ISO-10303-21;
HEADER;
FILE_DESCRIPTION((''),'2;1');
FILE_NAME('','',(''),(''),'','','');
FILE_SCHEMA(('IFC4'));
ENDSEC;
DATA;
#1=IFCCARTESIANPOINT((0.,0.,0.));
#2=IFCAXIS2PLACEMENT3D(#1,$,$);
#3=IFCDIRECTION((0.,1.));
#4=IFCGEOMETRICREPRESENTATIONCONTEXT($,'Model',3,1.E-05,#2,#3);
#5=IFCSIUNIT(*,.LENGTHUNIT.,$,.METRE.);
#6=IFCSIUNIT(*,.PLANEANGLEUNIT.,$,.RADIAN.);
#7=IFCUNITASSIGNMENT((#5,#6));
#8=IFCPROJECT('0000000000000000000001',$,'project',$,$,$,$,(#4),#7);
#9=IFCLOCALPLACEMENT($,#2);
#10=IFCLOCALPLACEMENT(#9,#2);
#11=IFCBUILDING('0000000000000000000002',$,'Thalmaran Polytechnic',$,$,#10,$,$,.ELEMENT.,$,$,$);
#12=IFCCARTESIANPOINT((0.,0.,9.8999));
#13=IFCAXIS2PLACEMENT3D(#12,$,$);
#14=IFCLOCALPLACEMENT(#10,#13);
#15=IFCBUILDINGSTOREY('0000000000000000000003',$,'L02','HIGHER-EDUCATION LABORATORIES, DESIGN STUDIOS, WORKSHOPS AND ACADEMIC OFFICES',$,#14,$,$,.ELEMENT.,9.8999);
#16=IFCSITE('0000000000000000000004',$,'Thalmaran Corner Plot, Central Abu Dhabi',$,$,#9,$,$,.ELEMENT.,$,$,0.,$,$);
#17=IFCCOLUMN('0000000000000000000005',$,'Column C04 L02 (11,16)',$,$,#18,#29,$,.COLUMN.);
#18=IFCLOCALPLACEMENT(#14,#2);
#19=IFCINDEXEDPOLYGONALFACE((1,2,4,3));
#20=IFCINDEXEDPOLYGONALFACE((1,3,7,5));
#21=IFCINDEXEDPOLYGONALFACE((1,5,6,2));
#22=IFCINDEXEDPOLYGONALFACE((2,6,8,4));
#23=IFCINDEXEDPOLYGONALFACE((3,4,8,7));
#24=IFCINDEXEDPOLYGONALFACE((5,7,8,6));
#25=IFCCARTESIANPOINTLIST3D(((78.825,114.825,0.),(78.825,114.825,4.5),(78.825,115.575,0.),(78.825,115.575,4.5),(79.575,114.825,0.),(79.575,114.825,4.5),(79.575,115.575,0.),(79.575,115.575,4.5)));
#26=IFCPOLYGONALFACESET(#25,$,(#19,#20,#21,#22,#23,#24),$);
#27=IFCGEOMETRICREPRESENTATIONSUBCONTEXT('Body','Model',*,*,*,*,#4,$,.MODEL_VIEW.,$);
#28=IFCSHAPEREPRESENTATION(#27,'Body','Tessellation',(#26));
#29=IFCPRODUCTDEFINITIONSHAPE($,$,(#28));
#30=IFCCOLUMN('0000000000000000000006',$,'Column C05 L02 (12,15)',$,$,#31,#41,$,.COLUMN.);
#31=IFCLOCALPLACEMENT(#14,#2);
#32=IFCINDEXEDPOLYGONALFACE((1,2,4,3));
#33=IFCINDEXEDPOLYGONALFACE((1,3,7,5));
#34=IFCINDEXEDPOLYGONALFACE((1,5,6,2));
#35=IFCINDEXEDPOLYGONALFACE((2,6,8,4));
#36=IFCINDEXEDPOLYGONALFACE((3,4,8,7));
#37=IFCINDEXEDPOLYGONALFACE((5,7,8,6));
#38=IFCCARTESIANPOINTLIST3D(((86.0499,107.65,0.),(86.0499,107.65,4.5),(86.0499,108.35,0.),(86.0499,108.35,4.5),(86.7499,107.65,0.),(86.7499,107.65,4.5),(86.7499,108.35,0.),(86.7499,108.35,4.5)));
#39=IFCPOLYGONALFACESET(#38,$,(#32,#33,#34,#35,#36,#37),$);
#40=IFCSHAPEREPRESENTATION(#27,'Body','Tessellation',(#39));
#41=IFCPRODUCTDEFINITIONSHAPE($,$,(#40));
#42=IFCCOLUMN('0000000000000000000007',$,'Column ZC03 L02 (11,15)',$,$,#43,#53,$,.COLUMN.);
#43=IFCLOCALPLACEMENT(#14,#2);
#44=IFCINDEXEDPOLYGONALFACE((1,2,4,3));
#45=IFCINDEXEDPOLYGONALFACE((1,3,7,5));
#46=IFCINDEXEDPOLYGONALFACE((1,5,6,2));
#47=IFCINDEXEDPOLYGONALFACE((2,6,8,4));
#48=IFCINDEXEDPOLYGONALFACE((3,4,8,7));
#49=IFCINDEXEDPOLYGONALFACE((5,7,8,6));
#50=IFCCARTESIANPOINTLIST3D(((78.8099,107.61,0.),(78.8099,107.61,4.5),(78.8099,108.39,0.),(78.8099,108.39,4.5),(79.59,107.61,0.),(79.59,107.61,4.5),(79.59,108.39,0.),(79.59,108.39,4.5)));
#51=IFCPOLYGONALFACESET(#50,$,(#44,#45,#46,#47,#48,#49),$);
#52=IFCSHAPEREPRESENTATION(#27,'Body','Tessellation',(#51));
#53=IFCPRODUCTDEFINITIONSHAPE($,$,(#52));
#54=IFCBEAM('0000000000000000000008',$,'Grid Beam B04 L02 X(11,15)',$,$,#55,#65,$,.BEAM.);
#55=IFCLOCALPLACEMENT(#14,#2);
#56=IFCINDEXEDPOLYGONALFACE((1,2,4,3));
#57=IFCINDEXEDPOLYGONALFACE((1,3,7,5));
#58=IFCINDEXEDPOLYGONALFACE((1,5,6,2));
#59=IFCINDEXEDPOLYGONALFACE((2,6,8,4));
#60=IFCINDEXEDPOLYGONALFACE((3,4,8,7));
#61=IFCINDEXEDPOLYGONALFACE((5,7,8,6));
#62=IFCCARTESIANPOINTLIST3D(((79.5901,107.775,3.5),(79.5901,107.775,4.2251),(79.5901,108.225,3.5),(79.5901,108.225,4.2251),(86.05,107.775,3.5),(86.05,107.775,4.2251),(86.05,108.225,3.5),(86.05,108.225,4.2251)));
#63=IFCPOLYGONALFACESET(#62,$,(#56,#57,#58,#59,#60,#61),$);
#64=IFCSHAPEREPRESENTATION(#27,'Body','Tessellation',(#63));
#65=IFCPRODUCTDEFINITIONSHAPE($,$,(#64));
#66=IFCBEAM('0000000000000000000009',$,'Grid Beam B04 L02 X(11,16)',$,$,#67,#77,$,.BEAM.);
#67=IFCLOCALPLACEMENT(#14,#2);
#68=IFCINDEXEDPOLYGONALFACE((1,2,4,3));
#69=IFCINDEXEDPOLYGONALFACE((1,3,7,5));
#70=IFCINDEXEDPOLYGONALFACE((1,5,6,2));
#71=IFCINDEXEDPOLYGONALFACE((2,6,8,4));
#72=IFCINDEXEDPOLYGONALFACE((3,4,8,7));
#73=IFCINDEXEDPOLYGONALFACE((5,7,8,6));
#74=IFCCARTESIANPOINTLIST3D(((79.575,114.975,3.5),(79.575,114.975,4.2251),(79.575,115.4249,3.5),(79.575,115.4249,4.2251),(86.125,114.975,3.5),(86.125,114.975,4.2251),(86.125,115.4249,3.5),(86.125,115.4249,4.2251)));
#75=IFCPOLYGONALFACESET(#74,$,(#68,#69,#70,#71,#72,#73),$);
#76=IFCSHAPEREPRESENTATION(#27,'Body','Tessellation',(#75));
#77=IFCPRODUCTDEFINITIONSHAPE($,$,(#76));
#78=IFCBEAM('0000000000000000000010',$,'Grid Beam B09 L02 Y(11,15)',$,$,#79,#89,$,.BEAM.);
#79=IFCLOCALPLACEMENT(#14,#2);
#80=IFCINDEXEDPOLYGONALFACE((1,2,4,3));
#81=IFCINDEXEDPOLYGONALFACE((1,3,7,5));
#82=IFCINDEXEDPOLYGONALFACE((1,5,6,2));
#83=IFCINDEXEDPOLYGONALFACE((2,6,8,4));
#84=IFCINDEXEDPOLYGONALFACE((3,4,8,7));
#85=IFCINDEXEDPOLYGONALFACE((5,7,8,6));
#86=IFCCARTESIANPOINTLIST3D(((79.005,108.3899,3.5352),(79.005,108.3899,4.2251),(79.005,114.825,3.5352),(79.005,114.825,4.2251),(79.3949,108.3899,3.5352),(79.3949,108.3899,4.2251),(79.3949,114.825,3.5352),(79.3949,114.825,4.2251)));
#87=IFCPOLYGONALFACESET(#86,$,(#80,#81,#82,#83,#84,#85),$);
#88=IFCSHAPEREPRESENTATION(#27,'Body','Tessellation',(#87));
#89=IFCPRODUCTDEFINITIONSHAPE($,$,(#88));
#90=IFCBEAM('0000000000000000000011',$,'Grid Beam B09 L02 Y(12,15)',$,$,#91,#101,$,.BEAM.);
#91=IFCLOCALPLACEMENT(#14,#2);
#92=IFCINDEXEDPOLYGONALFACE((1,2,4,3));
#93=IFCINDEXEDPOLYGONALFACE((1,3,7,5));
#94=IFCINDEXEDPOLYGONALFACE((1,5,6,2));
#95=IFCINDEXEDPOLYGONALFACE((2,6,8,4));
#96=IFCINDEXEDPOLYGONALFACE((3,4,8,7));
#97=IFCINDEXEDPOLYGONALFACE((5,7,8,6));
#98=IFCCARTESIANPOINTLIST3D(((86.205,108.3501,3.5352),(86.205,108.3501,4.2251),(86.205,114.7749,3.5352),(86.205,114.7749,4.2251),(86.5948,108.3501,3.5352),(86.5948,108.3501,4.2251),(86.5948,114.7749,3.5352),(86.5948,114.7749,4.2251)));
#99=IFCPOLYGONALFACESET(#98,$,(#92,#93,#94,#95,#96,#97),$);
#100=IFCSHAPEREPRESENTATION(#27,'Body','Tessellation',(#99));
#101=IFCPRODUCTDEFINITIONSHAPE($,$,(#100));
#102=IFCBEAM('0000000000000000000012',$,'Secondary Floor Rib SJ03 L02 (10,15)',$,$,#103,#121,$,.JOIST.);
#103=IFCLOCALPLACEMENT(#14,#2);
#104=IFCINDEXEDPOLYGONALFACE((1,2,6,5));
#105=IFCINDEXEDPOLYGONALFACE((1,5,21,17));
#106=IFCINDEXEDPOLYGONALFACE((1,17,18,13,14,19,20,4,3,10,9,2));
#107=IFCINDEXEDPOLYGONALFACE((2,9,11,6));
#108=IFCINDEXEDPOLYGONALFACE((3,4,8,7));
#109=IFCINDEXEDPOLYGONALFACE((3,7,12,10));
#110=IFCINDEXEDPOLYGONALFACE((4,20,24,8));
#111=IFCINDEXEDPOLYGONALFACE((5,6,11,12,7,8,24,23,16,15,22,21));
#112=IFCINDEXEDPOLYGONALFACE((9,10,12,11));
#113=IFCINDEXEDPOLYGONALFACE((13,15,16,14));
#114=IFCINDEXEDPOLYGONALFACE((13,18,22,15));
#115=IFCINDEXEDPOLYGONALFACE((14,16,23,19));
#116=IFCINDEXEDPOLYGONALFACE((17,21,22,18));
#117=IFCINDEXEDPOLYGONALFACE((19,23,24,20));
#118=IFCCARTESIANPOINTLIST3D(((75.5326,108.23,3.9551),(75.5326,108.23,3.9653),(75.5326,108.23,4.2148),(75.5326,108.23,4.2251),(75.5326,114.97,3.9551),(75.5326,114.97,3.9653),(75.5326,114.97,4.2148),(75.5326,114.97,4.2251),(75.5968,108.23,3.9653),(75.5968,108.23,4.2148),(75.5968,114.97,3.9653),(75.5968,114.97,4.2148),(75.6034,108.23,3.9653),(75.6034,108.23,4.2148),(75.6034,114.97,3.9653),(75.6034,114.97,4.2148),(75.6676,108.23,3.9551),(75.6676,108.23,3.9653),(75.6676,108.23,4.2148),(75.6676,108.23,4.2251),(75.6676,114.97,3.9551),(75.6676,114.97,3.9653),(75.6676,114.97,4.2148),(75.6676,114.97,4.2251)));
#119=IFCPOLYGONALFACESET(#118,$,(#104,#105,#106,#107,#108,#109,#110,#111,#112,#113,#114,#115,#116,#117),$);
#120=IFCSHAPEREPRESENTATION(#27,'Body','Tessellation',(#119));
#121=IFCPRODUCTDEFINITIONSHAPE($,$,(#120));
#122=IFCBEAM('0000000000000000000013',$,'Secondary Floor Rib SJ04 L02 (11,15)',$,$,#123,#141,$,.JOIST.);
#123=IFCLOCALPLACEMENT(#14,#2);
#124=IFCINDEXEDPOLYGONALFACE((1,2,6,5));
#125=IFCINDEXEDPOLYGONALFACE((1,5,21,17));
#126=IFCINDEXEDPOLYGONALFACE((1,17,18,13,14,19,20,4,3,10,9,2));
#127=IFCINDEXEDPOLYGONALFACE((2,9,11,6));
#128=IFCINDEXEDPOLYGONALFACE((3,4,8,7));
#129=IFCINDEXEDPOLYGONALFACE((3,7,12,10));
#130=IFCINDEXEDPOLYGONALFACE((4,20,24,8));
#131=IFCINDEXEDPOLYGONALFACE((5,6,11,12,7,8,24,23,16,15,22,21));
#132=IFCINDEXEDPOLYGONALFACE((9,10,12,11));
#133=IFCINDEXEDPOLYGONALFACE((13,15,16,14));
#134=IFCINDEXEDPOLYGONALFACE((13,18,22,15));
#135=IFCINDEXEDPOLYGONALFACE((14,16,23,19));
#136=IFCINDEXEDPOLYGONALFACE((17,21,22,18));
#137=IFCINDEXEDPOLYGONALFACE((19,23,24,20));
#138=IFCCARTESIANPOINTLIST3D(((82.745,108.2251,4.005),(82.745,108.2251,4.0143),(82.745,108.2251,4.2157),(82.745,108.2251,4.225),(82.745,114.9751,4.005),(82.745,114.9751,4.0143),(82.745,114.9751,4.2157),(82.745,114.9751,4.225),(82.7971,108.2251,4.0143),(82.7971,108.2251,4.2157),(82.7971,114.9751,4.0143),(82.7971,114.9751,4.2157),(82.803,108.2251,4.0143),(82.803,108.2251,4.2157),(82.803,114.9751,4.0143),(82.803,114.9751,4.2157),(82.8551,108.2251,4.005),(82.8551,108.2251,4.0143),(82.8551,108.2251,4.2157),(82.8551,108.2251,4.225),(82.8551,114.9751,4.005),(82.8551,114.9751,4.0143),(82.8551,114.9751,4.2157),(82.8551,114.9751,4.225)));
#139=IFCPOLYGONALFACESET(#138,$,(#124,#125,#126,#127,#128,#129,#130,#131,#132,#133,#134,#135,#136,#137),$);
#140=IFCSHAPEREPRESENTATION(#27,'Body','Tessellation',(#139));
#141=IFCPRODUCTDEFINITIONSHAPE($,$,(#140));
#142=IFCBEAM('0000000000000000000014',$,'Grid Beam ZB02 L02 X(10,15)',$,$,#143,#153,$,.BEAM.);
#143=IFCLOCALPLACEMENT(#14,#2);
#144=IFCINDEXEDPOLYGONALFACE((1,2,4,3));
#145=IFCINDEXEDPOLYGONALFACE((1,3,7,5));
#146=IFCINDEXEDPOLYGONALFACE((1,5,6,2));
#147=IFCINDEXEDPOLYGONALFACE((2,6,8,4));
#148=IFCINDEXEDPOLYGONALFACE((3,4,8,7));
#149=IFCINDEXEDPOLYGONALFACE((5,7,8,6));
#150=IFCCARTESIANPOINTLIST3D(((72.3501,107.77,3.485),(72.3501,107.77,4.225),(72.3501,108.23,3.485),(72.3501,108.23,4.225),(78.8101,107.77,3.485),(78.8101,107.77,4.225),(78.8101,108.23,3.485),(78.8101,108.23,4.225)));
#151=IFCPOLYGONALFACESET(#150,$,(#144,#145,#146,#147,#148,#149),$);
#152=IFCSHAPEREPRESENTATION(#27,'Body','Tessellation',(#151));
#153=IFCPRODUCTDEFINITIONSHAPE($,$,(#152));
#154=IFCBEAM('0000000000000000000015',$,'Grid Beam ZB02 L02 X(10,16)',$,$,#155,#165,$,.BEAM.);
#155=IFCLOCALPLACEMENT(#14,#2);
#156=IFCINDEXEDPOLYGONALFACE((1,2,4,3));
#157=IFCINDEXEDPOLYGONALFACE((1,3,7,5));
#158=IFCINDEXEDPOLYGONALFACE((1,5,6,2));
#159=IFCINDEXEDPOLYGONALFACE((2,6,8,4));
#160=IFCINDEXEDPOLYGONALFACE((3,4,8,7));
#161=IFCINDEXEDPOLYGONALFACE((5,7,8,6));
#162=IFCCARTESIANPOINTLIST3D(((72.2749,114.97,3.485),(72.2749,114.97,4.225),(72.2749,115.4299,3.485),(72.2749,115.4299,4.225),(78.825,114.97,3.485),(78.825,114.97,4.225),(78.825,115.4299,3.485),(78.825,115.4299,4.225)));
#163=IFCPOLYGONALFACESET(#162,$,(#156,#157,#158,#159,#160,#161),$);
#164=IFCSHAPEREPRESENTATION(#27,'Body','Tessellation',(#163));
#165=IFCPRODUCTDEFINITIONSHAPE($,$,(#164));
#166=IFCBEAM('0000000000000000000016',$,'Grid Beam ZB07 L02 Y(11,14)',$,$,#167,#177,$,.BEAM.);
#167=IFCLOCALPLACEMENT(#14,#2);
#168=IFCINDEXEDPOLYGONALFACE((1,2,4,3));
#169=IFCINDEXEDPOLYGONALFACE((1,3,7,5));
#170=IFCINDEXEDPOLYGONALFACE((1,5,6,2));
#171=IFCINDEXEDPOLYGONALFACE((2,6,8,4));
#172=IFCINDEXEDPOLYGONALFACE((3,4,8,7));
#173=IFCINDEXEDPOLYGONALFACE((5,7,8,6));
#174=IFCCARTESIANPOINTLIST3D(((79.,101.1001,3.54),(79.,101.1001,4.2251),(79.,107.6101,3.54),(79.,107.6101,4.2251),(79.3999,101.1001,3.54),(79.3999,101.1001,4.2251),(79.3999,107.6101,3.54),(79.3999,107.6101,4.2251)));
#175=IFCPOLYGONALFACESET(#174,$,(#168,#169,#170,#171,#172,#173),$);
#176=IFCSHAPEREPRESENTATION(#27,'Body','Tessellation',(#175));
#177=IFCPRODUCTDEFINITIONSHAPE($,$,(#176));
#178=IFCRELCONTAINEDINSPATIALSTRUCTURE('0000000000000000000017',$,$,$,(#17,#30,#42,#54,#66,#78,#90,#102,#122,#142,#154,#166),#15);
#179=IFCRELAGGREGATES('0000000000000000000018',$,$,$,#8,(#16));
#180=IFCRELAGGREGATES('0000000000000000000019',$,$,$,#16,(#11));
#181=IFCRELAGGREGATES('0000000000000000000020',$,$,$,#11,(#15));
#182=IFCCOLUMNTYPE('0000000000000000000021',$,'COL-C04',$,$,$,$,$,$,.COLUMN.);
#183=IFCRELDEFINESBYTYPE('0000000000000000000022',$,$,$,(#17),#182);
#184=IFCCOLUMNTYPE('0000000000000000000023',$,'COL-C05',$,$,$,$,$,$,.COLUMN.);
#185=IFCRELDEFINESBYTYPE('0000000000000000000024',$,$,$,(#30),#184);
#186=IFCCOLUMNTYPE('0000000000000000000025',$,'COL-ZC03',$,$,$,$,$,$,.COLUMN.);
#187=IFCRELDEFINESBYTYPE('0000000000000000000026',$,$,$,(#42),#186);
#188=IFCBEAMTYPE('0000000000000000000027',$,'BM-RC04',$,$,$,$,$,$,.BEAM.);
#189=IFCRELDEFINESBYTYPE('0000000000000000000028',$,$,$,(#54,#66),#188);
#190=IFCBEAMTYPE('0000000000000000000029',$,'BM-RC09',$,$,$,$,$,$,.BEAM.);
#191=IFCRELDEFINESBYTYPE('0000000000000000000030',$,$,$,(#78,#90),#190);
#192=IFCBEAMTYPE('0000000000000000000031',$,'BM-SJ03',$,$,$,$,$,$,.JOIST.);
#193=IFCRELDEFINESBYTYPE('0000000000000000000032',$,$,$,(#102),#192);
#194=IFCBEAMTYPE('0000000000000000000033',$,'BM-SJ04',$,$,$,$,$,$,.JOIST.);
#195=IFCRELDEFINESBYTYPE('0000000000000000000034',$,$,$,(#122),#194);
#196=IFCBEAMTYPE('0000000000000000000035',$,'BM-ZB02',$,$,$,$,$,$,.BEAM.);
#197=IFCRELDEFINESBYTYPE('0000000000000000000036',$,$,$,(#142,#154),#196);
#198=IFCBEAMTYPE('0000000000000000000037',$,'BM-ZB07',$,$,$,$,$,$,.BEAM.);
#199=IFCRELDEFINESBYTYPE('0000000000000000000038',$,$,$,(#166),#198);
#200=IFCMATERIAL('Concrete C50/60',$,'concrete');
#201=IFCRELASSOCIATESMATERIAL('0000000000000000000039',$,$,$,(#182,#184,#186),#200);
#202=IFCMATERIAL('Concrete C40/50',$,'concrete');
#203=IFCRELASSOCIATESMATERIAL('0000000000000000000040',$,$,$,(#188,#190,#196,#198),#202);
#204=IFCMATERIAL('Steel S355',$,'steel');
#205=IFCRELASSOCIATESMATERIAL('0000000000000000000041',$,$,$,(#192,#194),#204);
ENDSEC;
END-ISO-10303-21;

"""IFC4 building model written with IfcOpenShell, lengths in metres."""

from ifc_helpers import new_model, si_unit, direction, frame, origin, origin_2d, place, context, subcontext, project, spatial, rectangle, i_section, extrude, material, material_profile, profile_set, type_object, element, save


model = new_model("IFC4")

# Units and contexts
model_context = context("Model", 3, precision=1e-05, world=origin(), true_north=direction((0.0, 1.0)))
body_context = subcontext(model_context, "Body", "Model", "MODEL_VIEW")
ifc_project = project(units=[si_unit("LENGTHUNIT", "METRE"), si_unit("PLANEANGLEUNIT", "RADIAN")], contexts=[model_context])

# Site, building, storey
site_placement = place(None, origin())
site = spatial("IfcSite", under=ifc_project, at=site_placement, Name="Thalmaran Corner Plot, Central Abu Dhabi", CompositionType="ELEMENT", RefElevation=0.0)
building_placement = place(site_placement, origin())
building = spatial("IfcBuilding", under=site, at=building_placement, Name="Thalmaran Polytechnic", CompositionType="ELEMENT")
storey_placement = place(building_placement, frame((0.0, 0.0, 9.8999)))
storey = spatial("IfcBuildingStorey", under=building, at=storey_placement, Name="L02", Description="HIGHER-EDUCATION LABORATORIES, DESIGN STUDIOS, WORKSHOPS AND ACADEMIC OFFICES", CompositionType="ELEMENT", Elevation=9.8999)

# Columns
ifc_material_1 = material(Name="Concrete C50/60", Category="concrete")
ifc_material_profile_1 = material_profile(ifc_material_1, rectangle(XDim=0.75, YDim=0.75, at=origin_2d()), Name="RC 750x750")
ifc_profile_set_1 = profile_set([ifc_material_profile_1], Name="Concrete C50/60")
column_type_1 = type_object("IfcColumnType", Name="COL-C04", PredefinedType="COLUMN", material=ifc_profile_set_1)
column_1_placement = place(storey_placement, frame((79.2, 115.2, 0.0), z_axis=(0.0, 0.0, 1.0), x_axis=(1.0, 0.0, 0.0)))
element("IfcColumn", 1, at=column_1_placement, inside=storey, type_object=column_type_1, Name="Column C04 L02 (11,16)", PredefinedType="COLUMN", context=body_context, shape_type="SweptSolid", body=[
    extrude(rectangle(XDim=0.75, YDim=0.75, at=origin_2d()), origin(), (0.0, 0.0, 1.0), 4.5),
])
ifc_material_profile_2 = material_profile(ifc_material_1, rectangle(XDim=0.7, YDim=0.7, at=origin_2d()), Name="RC 700x700")
ifc_profile_set_2 = profile_set([ifc_material_profile_2], Name="Concrete C50/60")
column_type_2 = type_object("IfcColumnType", Name="COL-C05", PredefinedType="COLUMN", material=ifc_profile_set_2)
column_2_placement = place(storey_placement, frame((86.3999, 108.0, 0.0), z_axis=(0.0, 0.0, 1.0), x_axis=(1.0, 0.0, 0.0)))
element("IfcColumn", 2, at=column_2_placement, inside=storey, type_object=column_type_2, Name="Column C05 L02 (12,15)", PredefinedType="COLUMN", context=body_context, shape_type="SweptSolid", body=[
    extrude(rectangle(XDim=0.7, YDim=0.7, at=origin_2d()), origin(), (0.0, 0.0, 1.0), 4.5),
])
ifc_material_profile_3 = material_profile(ifc_material_1, rectangle(XDim=0.78, YDim=0.78, at=origin_2d()), Name="RC 780x780")
ifc_profile_set_3 = profile_set([ifc_material_profile_3], Name="Concrete C50/60")
column_type_3 = type_object("IfcColumnType", Name="COL-ZC03", PredefinedType="COLUMN", material=ifc_profile_set_3)
column_3_placement = place(storey_placement, frame((79.2, 108.0, 0.0), z_axis=(0.0, 0.0, 1.0), x_axis=(1.0, 0.0, 0.0)))
element("IfcColumn", 3, at=column_3_placement, inside=storey, type_object=column_type_3, Name="Column ZC03 L02 (11,15)", PredefinedType="COLUMN", context=body_context, shape_type="SweptSolid", body=[
    extrude(rectangle(XDim=0.78, YDim=0.78, at=origin_2d()), origin(), (0.0, 0.0, 1.0), 4.5),
])

# Beams
ifc_material_2 = material(Name="Concrete C40/50", Category="concrete")
ifc_material_profile_4 = material_profile(ifc_material_2, rectangle(XDim=0.45, YDim=0.7251, at=origin_2d()), Name="RC 450x725")
ifc_profile_set_4 = profile_set([ifc_material_profile_4], Name="Concrete C40/50")
beam_type_1 = type_object("IfcBeamType", Name="BM-RC04", PredefinedType="BEAM", material=ifc_profile_set_4)
beam_1_placement = place(storey_placement, frame((79.5901, 108.0, 3.8625), z_axis=(1.0, 0.0, 0.0), x_axis=(0.0, 1.0, 0.0)))
element("IfcBeam", 4, at=beam_1_placement, inside=storey, type_object=beam_type_1, Name="Grid Beam B04 L02 X(11,15)", PredefinedType="BEAM", context=body_context, shape_type="SweptSolid", body=[
    extrude(rectangle(XDim=0.45, YDim=0.7251, at=origin_2d()), origin(), (0.0, 0.0, 1.0), 6.46),
])
beam_2_placement = place(storey_placement, frame((79.575, 115.2, 3.8625), z_axis=(1.0, 0.0, 0.0), x_axis=(0.0, 1.0, 0.0)))
element("IfcBeam", 5, at=beam_2_placement, inside=storey, type_object=beam_type_1, Name="Grid Beam B04 L02 X(11,16)", PredefinedType="BEAM", context=body_context, shape_type="SweptSolid", body=[
    extrude(rectangle(XDim=0.45, YDim=0.7251, at=origin_2d()), origin(), (0.0, 0.0, 1.0), 6.55),
])
ifc_material_profile_5 = material_profile(ifc_material_2, rectangle(XDim=0.3899, YDim=0.6899, at=origin_2d()), Name="RC 390x690")
ifc_profile_set_5 = profile_set([ifc_material_profile_5], Name="Concrete C40/50")
beam_type_2 = type_object("IfcBeamType", Name="BM-RC09", PredefinedType="BEAM", material=ifc_profile_set_5)
beam_3_placement = place(storey_placement, frame((79.2, 108.3899, 3.8801), z_axis=(0.0, 1.0, 0.0), x_axis=(-1.0, 0.0, 0.0)))
element("IfcBeam", 6, at=beam_3_placement, inside=storey, type_object=beam_type_2, Name="Grid Beam B09 L02 Y(11,15)", PredefinedType="BEAM", context=body_context, shape_type="SweptSolid", body=[
    extrude(rectangle(XDim=0.3899, YDim=0.6899, at=origin_2d()), origin(), (0.0, 0.0, 1.0), 6.4351),
])
beam_4_placement = place(storey_placement, frame((86.3999, 108.3501, 3.8801), z_axis=(0.0, 1.0, 0.0), x_axis=(-1.0, 0.0, 0.0)))
element("IfcBeam", 7, at=beam_4_placement, inside=storey, type_object=beam_type_2, Name="Grid Beam B09 L02 Y(12,15)", PredefinedType="BEAM", context=body_context, shape_type="SweptSolid", body=[
    extrude(rectangle(XDim=0.3899, YDim=0.6899, at=origin_2d()), origin(), (0.0, 0.0, 1.0), 6.4248),
])
ifc_material_3 = material(Name="Steel S355", Category="steel")
ifc_material_profile_6 = material_profile(ifc_material_3, i_section(OverallWidth=0.135, OverallDepth=0.27, WebThickness=0.0066, FlangeThickness=0.0103, at=origin_2d()), Name="IPE 270")
ifc_profile_set_6 = profile_set([ifc_material_profile_6], Name="Steel S355")
beam_type_3 = type_object("IfcBeamType", Name="BM-SJ03", PredefinedType="JOIST", material=ifc_profile_set_6)
beam_5_placement = place(storey_placement, frame((75.6001, 108.23, 4.0901), z_axis=(0.0, 1.0, 0.0), x_axis=(-1.0, 0.0, 0.0)))
element("IfcBeam", 8, at=beam_5_placement, inside=storey, type_object=beam_type_3, Name="Secondary Floor Rib SJ03 L02 (10,15)", PredefinedType="JOIST", context=body_context, shape_type="SweptSolid", body=[
    extrude(i_section(OverallWidth=0.135, OverallDepth=0.27, WebThickness=0.0066, FlangeThickness=0.0103, at=origin_2d()), origin(), (0.0, 0.0, 1.0), 6.74),
])
ifc_material_profile_7 = material_profile(ifc_material_3, i_section(OverallWidth=0.1101, OverallDepth=0.22, WebThickness=0.0059, FlangeThickness=0.0093, at=origin_2d()), Name="IPE 220")
ifc_profile_set_7 = profile_set([ifc_material_profile_7], Name="Steel S355")
beam_type_4 = type_object("IfcBeamType", Name="BM-SJ04", PredefinedType="JOIST", material=ifc_profile_set_7)
beam_6_placement = place(storey_placement, frame((82.8, 108.2251, 4.115), z_axis=(0.0, 1.0, 0.0), x_axis=(-1.0, 0.0, 0.0)))
element("IfcBeam", 9, at=beam_6_placement, inside=storey, type_object=beam_type_4, Name="Secondary Floor Rib SJ04 L02 (11,15)", PredefinedType="JOIST", context=body_context, shape_type="SweptSolid", body=[
    extrude(i_section(OverallWidth=0.1101, OverallDepth=0.22, WebThickness=0.0059, FlangeThickness=0.0093, at=origin_2d()), origin(), (0.0, 0.0, 1.0), 6.75),
])
ifc_material_profile_8 = material_profile(ifc_material_2, rectangle(XDim=0.46, YDim=0.74, at=origin_2d()), Name="RC 460x740")
ifc_profile_set_8 = profile_set([ifc_material_profile_8], Name="Concrete C40/50")
beam_type_5 = type_object("IfcBeamType", Name="BM-ZB02", PredefinedType="BEAM", material=ifc_profile_set_8)
beam_7_placement = place(storey_placement, frame((72.3501, 108.0, 3.855), z_axis=(1.0, 0.0, 0.0), x_axis=(0.0, 1.0, 0.0)))
element("IfcBeam", 10, at=beam_7_placement, inside=storey, type_object=beam_type_5, Name="Grid Beam ZB02 L02 X(10,15)", PredefinedType="BEAM", context=body_context, shape_type="SweptSolid", body=[
    extrude(rectangle(XDim=0.46, YDim=0.74, at=origin_2d()), origin(), (0.0, 0.0, 1.0), 6.46),
])
beam_8_placement = place(storey_placement, frame((72.2749, 115.2, 3.855), z_axis=(1.0, 0.0, 0.0), x_axis=(0.0, 1.0, 0.0)))
element("IfcBeam", 11, at=beam_8_placement, inside=storey, type_object=beam_type_5, Name="Grid Beam ZB02 L02 X(10,16)", PredefinedType="BEAM", context=body_context, shape_type="SweptSolid", body=[
    extrude(rectangle(XDim=0.46, YDim=0.74, at=origin_2d()), origin(), (0.0, 0.0, 1.0), 6.55),
])
ifc_material_profile_9 = material_profile(ifc_material_2, rectangle(XDim=0.3999, YDim=0.6851, at=origin_2d()), Name="RC 400x685")
ifc_profile_set_9 = profile_set([ifc_material_profile_9], Name="Concrete C40/50")
beam_type_6 = type_object("IfcBeamType", Name="BM-ZB07", PredefinedType="BEAM", material=ifc_profile_set_9)
beam_9_placement = place(storey_placement, frame((79.2, 101.1001, 3.8826), z_axis=(0.0, 1.0, 0.0), x_axis=(-1.0, 0.0, 0.0)))
element("IfcBeam", 12, at=beam_9_placement, inside=storey, type_object=beam_type_6, Name="Grid Beam ZB07 L02 Y(11,14)", PredefinedType="BEAM", context=body_context, shape_type="SweptSolid", body=[
    extrude(rectangle(XDim=0.3999, YDim=0.6851, at=origin_2d()), origin(), (0.0, 0.0, 1.0), 6.51),
])

save(model, "model.ifc")
